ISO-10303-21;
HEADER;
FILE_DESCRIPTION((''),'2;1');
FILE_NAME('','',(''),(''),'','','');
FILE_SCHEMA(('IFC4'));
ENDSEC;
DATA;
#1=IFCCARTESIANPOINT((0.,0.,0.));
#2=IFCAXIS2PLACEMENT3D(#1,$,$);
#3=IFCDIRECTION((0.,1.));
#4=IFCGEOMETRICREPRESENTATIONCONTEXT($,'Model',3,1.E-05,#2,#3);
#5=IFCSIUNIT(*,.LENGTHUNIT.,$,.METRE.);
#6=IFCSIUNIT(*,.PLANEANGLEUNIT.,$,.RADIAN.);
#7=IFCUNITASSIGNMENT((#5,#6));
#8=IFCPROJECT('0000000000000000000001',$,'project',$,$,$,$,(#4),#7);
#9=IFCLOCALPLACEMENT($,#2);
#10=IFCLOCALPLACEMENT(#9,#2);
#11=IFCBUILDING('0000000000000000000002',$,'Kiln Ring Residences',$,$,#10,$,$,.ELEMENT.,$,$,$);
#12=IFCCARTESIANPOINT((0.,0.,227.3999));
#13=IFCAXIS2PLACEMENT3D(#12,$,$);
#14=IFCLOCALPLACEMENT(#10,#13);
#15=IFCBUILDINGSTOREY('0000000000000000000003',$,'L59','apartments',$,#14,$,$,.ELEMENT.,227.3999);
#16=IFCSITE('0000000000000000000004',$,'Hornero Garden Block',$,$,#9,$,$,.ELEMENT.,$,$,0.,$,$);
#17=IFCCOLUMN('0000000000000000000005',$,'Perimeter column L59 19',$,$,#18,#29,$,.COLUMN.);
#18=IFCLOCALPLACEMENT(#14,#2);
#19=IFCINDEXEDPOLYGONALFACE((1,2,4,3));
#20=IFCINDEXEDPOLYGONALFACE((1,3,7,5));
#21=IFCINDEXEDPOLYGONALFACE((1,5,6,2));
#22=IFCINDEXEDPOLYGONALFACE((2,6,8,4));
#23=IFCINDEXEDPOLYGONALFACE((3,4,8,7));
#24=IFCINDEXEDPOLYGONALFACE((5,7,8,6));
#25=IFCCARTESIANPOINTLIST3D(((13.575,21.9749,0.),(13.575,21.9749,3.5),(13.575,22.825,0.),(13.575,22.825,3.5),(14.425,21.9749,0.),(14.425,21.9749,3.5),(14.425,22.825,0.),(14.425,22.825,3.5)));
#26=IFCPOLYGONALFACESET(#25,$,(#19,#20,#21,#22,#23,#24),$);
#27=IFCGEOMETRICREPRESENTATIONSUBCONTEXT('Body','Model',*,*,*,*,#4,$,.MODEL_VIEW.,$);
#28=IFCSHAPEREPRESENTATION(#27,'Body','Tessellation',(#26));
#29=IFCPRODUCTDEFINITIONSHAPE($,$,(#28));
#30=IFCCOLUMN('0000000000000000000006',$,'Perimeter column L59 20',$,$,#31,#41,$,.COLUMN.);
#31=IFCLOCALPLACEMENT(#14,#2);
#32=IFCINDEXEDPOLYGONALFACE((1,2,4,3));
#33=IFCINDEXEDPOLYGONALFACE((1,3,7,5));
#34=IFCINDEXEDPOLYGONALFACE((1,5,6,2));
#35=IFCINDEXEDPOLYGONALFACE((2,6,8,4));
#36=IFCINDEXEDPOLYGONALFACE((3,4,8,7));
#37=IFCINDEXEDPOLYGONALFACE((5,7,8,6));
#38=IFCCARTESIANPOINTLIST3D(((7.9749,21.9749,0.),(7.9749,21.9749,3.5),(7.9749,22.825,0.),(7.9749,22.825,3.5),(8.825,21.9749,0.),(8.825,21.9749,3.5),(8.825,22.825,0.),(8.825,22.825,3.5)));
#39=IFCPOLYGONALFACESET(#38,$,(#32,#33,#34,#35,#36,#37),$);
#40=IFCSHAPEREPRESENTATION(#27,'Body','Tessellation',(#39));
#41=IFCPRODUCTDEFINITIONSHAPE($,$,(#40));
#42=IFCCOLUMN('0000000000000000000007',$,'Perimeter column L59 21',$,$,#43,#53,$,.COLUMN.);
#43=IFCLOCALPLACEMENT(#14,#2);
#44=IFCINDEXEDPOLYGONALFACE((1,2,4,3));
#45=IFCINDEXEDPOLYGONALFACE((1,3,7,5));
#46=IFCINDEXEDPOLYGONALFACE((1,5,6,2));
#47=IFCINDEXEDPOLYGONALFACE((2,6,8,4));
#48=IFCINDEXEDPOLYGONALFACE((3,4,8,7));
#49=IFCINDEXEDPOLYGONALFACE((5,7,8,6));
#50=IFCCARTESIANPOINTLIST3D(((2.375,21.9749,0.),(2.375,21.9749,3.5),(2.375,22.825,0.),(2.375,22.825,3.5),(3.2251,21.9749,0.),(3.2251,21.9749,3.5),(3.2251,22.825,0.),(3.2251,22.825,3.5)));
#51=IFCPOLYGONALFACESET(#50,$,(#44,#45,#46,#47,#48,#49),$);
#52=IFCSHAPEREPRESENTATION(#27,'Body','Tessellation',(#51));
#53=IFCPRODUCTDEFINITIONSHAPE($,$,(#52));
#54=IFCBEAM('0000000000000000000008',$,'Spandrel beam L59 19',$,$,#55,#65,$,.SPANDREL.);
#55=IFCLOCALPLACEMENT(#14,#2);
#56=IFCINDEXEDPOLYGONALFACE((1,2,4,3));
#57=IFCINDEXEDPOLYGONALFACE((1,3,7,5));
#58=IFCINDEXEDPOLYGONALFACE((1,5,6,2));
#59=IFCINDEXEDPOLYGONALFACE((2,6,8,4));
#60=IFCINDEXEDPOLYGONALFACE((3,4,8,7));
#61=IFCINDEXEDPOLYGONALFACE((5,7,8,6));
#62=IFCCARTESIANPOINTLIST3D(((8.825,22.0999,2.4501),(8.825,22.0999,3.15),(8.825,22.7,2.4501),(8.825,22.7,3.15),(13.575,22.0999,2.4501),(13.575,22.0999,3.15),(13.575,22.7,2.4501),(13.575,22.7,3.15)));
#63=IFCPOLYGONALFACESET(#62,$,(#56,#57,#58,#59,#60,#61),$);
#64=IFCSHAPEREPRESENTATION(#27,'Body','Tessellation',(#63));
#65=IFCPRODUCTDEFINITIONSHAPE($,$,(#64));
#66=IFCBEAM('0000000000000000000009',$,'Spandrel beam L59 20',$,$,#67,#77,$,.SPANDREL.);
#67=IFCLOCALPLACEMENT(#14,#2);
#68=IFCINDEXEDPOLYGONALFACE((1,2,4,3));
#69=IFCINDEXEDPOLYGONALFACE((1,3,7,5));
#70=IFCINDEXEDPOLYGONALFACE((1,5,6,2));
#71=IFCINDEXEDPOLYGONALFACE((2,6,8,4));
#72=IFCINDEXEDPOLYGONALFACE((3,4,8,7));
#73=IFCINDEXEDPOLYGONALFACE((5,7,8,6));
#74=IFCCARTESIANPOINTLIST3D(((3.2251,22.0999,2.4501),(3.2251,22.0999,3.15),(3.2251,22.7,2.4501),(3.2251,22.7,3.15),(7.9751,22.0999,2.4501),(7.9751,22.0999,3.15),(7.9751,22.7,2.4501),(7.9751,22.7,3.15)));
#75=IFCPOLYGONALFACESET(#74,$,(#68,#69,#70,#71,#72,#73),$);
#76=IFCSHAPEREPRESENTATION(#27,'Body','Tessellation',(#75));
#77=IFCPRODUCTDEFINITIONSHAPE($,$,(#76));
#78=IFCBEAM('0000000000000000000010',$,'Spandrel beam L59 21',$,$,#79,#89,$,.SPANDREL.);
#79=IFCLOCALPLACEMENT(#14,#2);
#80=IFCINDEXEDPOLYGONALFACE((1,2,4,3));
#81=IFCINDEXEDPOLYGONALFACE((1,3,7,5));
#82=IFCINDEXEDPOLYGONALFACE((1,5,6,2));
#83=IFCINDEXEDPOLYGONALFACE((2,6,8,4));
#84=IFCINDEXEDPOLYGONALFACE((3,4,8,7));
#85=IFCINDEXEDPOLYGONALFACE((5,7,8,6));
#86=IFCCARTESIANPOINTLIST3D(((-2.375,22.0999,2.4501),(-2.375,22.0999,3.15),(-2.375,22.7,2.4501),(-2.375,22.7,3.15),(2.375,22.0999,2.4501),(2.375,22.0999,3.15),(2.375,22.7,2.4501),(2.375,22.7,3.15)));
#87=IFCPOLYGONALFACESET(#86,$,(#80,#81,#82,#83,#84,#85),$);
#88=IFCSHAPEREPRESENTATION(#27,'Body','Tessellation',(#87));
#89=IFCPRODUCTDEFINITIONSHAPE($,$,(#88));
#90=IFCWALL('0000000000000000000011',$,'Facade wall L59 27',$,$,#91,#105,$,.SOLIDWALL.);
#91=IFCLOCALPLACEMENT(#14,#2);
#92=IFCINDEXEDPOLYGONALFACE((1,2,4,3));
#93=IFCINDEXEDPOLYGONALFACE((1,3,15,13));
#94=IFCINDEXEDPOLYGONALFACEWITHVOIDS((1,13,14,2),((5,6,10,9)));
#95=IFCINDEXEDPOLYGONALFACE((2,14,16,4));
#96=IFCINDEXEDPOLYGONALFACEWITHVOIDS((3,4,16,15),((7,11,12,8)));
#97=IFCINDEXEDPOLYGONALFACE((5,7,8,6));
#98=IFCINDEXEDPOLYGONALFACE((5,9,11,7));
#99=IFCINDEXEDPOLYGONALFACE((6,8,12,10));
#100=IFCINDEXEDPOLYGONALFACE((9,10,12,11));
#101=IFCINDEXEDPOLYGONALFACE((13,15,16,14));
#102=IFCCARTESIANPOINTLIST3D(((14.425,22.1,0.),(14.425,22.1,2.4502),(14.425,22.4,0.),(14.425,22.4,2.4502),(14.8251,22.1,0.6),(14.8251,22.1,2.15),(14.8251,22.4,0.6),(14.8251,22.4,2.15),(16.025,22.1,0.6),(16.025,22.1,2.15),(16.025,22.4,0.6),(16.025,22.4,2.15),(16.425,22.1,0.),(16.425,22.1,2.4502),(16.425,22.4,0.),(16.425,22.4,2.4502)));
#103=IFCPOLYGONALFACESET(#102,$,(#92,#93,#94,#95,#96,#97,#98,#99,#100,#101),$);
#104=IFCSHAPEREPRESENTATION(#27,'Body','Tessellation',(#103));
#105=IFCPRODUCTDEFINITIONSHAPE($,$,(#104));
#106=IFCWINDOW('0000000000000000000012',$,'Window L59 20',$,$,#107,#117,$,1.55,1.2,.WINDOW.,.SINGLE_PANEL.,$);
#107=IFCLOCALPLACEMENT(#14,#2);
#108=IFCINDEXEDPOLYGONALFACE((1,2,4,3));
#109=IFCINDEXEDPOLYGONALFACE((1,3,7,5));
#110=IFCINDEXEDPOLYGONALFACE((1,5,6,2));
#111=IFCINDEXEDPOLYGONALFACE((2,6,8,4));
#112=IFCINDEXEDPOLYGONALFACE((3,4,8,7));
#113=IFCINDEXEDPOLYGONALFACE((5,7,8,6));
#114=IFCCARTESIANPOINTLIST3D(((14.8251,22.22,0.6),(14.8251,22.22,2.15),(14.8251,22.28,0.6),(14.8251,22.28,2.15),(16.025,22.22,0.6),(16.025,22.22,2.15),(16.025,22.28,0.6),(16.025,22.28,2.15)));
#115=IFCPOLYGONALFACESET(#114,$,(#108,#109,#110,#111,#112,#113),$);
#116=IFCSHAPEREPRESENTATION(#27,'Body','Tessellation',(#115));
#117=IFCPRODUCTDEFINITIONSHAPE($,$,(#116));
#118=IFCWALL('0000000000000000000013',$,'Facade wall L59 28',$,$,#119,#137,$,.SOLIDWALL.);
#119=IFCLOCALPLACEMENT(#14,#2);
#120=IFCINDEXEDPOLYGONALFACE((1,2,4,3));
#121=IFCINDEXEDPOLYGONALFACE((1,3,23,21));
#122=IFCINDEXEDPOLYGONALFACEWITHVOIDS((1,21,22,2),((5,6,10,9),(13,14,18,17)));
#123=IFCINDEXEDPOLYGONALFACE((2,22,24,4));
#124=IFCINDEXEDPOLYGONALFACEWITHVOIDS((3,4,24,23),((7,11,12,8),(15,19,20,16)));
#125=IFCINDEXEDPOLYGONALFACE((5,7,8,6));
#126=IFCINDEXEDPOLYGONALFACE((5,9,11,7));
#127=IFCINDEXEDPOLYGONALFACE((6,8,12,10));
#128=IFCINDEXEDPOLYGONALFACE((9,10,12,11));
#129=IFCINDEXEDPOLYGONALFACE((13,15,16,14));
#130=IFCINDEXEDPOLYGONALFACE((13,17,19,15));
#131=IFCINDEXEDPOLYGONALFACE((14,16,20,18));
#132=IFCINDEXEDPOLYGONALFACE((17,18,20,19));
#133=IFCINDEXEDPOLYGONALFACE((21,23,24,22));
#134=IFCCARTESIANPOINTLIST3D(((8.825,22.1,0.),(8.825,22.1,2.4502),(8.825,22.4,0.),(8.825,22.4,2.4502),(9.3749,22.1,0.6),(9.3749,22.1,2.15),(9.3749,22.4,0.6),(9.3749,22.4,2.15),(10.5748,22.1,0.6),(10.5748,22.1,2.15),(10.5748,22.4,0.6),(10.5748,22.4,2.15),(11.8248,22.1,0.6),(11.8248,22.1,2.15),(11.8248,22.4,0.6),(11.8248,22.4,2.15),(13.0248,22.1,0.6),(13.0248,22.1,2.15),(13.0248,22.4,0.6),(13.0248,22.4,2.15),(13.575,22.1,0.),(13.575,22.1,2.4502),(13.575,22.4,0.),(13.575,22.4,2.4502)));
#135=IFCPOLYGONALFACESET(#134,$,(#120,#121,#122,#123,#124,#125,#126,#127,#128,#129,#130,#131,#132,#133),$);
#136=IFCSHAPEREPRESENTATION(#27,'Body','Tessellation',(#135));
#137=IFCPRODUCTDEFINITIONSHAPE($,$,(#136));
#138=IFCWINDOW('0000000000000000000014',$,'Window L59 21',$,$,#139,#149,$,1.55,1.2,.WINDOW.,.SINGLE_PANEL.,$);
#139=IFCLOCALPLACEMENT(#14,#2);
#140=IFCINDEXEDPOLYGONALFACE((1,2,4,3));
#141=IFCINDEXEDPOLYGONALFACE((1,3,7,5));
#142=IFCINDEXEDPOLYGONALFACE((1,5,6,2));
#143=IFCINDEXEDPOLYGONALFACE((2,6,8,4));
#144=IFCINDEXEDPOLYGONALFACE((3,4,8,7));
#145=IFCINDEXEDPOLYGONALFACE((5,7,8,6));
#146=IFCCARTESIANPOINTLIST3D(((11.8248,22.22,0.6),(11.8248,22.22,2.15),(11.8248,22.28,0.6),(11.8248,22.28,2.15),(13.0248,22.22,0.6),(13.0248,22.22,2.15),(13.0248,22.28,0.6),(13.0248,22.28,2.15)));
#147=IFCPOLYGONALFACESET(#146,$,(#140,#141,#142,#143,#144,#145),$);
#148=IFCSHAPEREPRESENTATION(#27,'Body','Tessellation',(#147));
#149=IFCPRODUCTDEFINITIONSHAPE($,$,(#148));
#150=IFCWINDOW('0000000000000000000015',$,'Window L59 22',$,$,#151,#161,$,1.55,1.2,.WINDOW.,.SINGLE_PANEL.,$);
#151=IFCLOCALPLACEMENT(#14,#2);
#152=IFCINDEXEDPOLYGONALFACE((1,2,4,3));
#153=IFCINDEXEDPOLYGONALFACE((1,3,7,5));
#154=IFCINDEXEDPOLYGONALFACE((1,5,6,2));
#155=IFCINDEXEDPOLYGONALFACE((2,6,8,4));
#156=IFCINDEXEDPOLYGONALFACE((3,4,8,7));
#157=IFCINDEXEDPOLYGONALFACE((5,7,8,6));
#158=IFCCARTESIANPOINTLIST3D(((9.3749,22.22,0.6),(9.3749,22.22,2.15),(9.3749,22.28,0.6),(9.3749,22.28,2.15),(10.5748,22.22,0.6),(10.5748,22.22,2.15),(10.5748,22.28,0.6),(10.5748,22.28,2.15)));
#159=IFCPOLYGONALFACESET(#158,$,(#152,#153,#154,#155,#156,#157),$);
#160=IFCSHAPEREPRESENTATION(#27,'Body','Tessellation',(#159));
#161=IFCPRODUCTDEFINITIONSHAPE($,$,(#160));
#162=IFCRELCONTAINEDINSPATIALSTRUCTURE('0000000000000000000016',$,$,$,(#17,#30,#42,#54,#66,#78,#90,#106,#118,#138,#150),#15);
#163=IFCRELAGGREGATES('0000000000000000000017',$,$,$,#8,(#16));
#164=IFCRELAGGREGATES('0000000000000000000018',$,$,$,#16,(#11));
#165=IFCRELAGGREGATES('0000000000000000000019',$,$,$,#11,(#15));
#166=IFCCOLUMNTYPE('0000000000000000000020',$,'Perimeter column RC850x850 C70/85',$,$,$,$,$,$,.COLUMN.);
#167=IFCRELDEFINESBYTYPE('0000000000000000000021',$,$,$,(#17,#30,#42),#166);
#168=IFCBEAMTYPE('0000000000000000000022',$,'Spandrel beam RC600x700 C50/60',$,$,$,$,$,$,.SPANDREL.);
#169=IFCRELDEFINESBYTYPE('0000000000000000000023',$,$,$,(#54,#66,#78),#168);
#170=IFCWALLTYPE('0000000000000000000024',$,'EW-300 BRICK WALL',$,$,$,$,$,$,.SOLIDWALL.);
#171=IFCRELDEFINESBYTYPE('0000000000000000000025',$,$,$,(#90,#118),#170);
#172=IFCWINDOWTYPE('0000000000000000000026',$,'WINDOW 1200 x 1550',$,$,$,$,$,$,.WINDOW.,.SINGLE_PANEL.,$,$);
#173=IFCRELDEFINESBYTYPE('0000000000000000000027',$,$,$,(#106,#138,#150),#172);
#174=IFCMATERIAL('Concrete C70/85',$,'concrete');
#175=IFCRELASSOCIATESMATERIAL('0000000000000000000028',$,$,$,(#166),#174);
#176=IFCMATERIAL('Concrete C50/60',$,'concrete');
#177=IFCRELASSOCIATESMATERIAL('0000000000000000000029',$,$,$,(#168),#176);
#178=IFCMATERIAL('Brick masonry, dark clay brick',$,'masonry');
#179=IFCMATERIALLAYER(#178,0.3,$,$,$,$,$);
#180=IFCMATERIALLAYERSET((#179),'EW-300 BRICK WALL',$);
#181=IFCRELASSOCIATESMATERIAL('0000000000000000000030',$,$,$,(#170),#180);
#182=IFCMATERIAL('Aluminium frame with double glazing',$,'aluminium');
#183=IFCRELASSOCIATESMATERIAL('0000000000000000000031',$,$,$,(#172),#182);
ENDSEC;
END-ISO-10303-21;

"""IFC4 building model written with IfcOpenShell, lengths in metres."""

from ifc_helpers import new_model, si_unit, direction, frame, frame_2d, origin, origin_2d, place, context, subcontext, project, spatial, rectangle, extrude, material, layer, layer_set, material_profile, profile_set, type_object, element, fill, save


model = new_model("IFC4")

# Units and contexts
model_context = context("Model", 3, precision=1e-05, world=origin(), true_north=direction((0.0, 1.0)))
body_context = subcontext(model_context, "Body", "Model", "MODEL_VIEW")
ifc_project = project(units=[si_unit("LENGTHUNIT", "METRE"), si_unit("PLANEANGLEUNIT", "RADIAN")], contexts=[model_context])

# Site, building, storey
site_placement = place(None, origin())
site = spatial("IfcSite", under=ifc_project, at=site_placement, Name="Hornero Garden Block", CompositionType="ELEMENT", RefElevation=0.0)
building_placement = place(site_placement, origin())
building = spatial("IfcBuilding", under=site, at=building_placement, Name="Kiln Ring Residences", CompositionType="ELEMENT")
storey_placement = place(building_placement, frame((0.0, 0.0, 227.3999)))
storey = spatial("IfcBuildingStorey", under=building, at=storey_placement, Name="L59", Description="apartments", CompositionType="ELEMENT", Elevation=227.3999)

# Columns
ifc_material_1 = material(Name="Concrete C70/85", Category="concrete")
ifc_material_profile_1 = material_profile(ifc_material_1, rectangle(XDim=0.8501, YDim=0.8501, at=origin_2d()), Name="RC850x850")
ifc_profile_set_1 = profile_set([ifc_material_profile_1], Name="Concrete C70/85")
column_type = type_object("IfcColumnType", Name="Perimeter column RC850x850 C70/85", PredefinedType="COLUMN", material=ifc_profile_set_1)
for number, where, z_axis, x_axis, name in (
    (1, (14.0, 22.3999, 0.0), (0.0, 0.0, 1.0), (1.0, 0.0, 0.0), "Perimeter column L59 19"),
    (2, (8.3999, 22.3999, 0.0), (0.0, 0.0, 1.0), (1.0, 0.0, 0.0), "Perimeter column L59 20"),
    (3, (2.8, 22.3999, 0.0), (0.0, 0.0, 1.0), (1.0, 0.0, 0.0), "Perimeter column L59 21"),
):
    element("IfcColumn", number, at=place(storey_placement, frame(where, z_axis=z_axis, x_axis=x_axis)), inside=storey, type_object=column_type, Name=name, PredefinedType="COLUMN", context=body_context, shape_type="SweptSolid", body=[
        extrude(rectangle(XDim=0.8501, YDim=0.8501, at=origin_2d()), origin(), (0.0, 0.0, 1.0), 3.5),
    ])

# Beams
ifc_material_2 = material(Name="Concrete C50/60", Category="concrete")
ifc_material_profile_2 = material_profile(ifc_material_2, rectangle(XDim=0.6001, YDim=0.7, at=origin_2d()), Name="RC600x700")
ifc_profile_set_2 = profile_set([ifc_material_profile_2], Name="Concrete C50/60")
beam_type = type_object("IfcBeamType", Name="Spandrel beam RC600x700 C50/60", PredefinedType="SPANDREL", material=ifc_profile_set_2)
for number, where, z_axis, x_axis, name in (
    (4, (13.575, 22.3999, 2.8), (-1.0, 0.0, 0.0), (0.0, -1.0, 0.0), "Spandrel beam L59 19"),
    (5, (7.9751, 22.3999, 2.8), (-1.0, 0.0, 0.0), (0.0, -1.0, 0.0), "Spandrel beam L59 20"),
    (6, (2.375, 22.3999, 2.8), (-1.0, 0.0, 0.0), (0.0, -1.0, 0.0), "Spandrel beam L59 21"),
):
    element("IfcBeam", number, at=place(storey_placement, frame(where, z_axis=z_axis, x_axis=x_axis)), inside=storey, type_object=beam_type, Name=name, PredefinedType="SPANDREL", context=body_context, shape_type="SweptSolid", body=[
        extrude(rectangle(XDim=0.6001, YDim=0.7, at=origin_2d()), origin(), (0.0, 0.0, 1.0), 4.75),
    ])

# Wall, opening, window
ifc_material_3 = material(Name="Brick masonry, dark clay brick", Category="masonry")
ifc_layer_1 = layer(ifc_material_3, 0.3)
ifc_layer_set_1 = layer_set([ifc_layer_1], Name="EW-300 BRICK WALL")
wall_type_1 = type_object("IfcWallType", Name="EW-300 BRICK WALL", PredefinedType="SOLIDWALL", material=ifc_layer_set_1)
wall_1_placement = place(storey_placement, frame((16.425, 22.25, 0.0), z_axis=(0.0, 0.0, 1.0), x_axis=(-1.0, 0.0, 0.0)))
wall_1 = element("IfcWall", 7, at=wall_1_placement, inside=storey, type_object=wall_type_1, Name="Facade wall L59 27", PredefinedType="SOLIDWALL", context=body_context, shape_type="SweptSolid", body=[
    extrude(rectangle(XDim=2.0, YDim=0.3, at=frame_2d((1.0, 0.0))), origin(), (0.0, 0.0, 1.0), 2.4502),
])
opening_1_placement = place(wall_1_placement, frame((0.3999, 0.0, 0.6001)))
opening_1 = element("IfcOpeningElement", 8, at=opening_1_placement, cuts=wall_1, PredefinedType="OPENING", context=body_context, shape_type="SweptSolid", body=[
    extrude(rectangle(XDim=1.2, YDim=1.55, at=frame_2d((0.6001, 0.7749))), frame((0.0, 0.1599, 0.0), z_axis=(0.0, -1.0, 0.0), x_axis=(1.0, 0.0, 0.0)), (0.0, 0.0, 1.0), 0.3201),
])
ifc_material_4 = material(Name="Aluminium frame with double glazing", Category="aluminium")
window_type_1 = type_object("IfcWindowType", Name="WINDOW 1200 x 1550", PartitioningType="SINGLE_PANEL", PredefinedType="WINDOW", material=ifc_material_4)
window_1_placement = place(opening_1_placement, origin())
window_1 = element("IfcWindow", 9, at=window_1_placement, inside=storey, type_object=window_type_1, Name="Window L59 20", OverallHeight=1.55, OverallWidth=1.2, PartitioningType="SINGLE_PANEL", PredefinedType="WINDOW", context=body_context, shape_type="SweptSolid", body=[
    extrude(rectangle(XDim=1.2, YDim=1.55, at=frame_2d((0.6001, 0.7749))), frame((0.0, 0.03, 0.0), z_axis=(0.0, -1.0, 0.0), x_axis=(1.0, 0.0, 0.0)), (0.0, 0.0, 1.0), 0.0601),
])
fill(opening_1, window_1)

# Wall, openings, windows
wall_2_placement = place(storey_placement, frame((13.575, 22.25, 0.0), z_axis=(0.0, 0.0, 1.0), x_axis=(-1.0, 0.0, 0.0)))
wall_2 = element("IfcWall", 10, at=wall_2_placement, inside=storey, type_object=wall_type_1, Name="Facade wall L59 28", PredefinedType="SOLIDWALL", context=body_context, shape_type="SweptSolid", body=[
    extrude(rectangle(XDim=4.75, YDim=0.3, at=frame_2d((2.375, 0.0))), origin(), (0.0, 0.0, 1.0), 2.4502),
])
opening_2_placement = place(wall_2_placement, frame((0.55, 0.0, 0.6001)))
opening_2 = element("IfcOpeningElement", 11, at=opening_2_placement, cuts=wall_2, PredefinedType="OPENING", context=body_context, shape_type="SweptSolid", body=[
    extrude(rectangle(XDim=1.2, YDim=1.55, at=frame_2d((0.6001, 0.7749))), frame((0.0, 0.1599, 0.0), z_axis=(0.0, -1.0, 0.0), x_axis=(1.0, 0.0, 0.0)), (0.0, 0.0, 1.0), 0.3201),
])
opening_3_placement = place(wall_2_placement, frame((3.0, 0.0, 0.6001)))
opening_3 = element("IfcOpeningElement", 12, at=opening_3_placement, cuts=wall_2, PredefinedType="OPENING", context=body_context, shape_type="SweptSolid", body=[
    extrude(rectangle(XDim=1.2, YDim=1.55, at=frame_2d((0.6001, 0.7749))), frame((0.0, 0.1599, 0.0), z_axis=(0.0, -1.0, 0.0), x_axis=(1.0, 0.0, 0.0)), (0.0, 0.0, 1.0), 0.3201),
])
window_2_placement = place(opening_2_placement, origin())
window_2 = element("IfcWindow", 13, at=window_2_placement, inside=storey, type_object=window_type_1, Name="Window L59 21", OverallHeight=1.55, OverallWidth=1.2, PartitioningType="SINGLE_PANEL", PredefinedType="WINDOW", context=body_context, shape_type="SweptSolid", body=[
    extrude(rectangle(XDim=1.2, YDim=1.55, at=frame_2d((0.6001, 0.7749))), frame((0.0, 0.03, 0.0), z_axis=(0.0, -1.0, 0.0), x_axis=(1.0, 0.0, 0.0)), (0.0, 0.0, 1.0), 0.0601),
])
fill(opening_2, window_2)
window_3_placement = place(opening_3_placement, origin())
window_3 = element("IfcWindow", 14, at=window_3_placement, inside=storey, type_object=window_type_1, Name="Window L59 22", OverallHeight=1.55, OverallWidth=1.2, PartitioningType="SINGLE_PANEL", PredefinedType="WINDOW", context=body_context, shape_type="SweptSolid", body=[
    extrude(rectangle(XDim=1.2, YDim=1.55, at=frame_2d((0.6001, 0.7749))), frame((0.0, 0.03, 0.0), z_axis=(0.0, -1.0, 0.0), x_axis=(1.0, 0.0, 0.0)), (0.0, 0.0, 1.0), 0.0601),
])
fill(opening_3, window_3)

save(model, "model.ifc")
